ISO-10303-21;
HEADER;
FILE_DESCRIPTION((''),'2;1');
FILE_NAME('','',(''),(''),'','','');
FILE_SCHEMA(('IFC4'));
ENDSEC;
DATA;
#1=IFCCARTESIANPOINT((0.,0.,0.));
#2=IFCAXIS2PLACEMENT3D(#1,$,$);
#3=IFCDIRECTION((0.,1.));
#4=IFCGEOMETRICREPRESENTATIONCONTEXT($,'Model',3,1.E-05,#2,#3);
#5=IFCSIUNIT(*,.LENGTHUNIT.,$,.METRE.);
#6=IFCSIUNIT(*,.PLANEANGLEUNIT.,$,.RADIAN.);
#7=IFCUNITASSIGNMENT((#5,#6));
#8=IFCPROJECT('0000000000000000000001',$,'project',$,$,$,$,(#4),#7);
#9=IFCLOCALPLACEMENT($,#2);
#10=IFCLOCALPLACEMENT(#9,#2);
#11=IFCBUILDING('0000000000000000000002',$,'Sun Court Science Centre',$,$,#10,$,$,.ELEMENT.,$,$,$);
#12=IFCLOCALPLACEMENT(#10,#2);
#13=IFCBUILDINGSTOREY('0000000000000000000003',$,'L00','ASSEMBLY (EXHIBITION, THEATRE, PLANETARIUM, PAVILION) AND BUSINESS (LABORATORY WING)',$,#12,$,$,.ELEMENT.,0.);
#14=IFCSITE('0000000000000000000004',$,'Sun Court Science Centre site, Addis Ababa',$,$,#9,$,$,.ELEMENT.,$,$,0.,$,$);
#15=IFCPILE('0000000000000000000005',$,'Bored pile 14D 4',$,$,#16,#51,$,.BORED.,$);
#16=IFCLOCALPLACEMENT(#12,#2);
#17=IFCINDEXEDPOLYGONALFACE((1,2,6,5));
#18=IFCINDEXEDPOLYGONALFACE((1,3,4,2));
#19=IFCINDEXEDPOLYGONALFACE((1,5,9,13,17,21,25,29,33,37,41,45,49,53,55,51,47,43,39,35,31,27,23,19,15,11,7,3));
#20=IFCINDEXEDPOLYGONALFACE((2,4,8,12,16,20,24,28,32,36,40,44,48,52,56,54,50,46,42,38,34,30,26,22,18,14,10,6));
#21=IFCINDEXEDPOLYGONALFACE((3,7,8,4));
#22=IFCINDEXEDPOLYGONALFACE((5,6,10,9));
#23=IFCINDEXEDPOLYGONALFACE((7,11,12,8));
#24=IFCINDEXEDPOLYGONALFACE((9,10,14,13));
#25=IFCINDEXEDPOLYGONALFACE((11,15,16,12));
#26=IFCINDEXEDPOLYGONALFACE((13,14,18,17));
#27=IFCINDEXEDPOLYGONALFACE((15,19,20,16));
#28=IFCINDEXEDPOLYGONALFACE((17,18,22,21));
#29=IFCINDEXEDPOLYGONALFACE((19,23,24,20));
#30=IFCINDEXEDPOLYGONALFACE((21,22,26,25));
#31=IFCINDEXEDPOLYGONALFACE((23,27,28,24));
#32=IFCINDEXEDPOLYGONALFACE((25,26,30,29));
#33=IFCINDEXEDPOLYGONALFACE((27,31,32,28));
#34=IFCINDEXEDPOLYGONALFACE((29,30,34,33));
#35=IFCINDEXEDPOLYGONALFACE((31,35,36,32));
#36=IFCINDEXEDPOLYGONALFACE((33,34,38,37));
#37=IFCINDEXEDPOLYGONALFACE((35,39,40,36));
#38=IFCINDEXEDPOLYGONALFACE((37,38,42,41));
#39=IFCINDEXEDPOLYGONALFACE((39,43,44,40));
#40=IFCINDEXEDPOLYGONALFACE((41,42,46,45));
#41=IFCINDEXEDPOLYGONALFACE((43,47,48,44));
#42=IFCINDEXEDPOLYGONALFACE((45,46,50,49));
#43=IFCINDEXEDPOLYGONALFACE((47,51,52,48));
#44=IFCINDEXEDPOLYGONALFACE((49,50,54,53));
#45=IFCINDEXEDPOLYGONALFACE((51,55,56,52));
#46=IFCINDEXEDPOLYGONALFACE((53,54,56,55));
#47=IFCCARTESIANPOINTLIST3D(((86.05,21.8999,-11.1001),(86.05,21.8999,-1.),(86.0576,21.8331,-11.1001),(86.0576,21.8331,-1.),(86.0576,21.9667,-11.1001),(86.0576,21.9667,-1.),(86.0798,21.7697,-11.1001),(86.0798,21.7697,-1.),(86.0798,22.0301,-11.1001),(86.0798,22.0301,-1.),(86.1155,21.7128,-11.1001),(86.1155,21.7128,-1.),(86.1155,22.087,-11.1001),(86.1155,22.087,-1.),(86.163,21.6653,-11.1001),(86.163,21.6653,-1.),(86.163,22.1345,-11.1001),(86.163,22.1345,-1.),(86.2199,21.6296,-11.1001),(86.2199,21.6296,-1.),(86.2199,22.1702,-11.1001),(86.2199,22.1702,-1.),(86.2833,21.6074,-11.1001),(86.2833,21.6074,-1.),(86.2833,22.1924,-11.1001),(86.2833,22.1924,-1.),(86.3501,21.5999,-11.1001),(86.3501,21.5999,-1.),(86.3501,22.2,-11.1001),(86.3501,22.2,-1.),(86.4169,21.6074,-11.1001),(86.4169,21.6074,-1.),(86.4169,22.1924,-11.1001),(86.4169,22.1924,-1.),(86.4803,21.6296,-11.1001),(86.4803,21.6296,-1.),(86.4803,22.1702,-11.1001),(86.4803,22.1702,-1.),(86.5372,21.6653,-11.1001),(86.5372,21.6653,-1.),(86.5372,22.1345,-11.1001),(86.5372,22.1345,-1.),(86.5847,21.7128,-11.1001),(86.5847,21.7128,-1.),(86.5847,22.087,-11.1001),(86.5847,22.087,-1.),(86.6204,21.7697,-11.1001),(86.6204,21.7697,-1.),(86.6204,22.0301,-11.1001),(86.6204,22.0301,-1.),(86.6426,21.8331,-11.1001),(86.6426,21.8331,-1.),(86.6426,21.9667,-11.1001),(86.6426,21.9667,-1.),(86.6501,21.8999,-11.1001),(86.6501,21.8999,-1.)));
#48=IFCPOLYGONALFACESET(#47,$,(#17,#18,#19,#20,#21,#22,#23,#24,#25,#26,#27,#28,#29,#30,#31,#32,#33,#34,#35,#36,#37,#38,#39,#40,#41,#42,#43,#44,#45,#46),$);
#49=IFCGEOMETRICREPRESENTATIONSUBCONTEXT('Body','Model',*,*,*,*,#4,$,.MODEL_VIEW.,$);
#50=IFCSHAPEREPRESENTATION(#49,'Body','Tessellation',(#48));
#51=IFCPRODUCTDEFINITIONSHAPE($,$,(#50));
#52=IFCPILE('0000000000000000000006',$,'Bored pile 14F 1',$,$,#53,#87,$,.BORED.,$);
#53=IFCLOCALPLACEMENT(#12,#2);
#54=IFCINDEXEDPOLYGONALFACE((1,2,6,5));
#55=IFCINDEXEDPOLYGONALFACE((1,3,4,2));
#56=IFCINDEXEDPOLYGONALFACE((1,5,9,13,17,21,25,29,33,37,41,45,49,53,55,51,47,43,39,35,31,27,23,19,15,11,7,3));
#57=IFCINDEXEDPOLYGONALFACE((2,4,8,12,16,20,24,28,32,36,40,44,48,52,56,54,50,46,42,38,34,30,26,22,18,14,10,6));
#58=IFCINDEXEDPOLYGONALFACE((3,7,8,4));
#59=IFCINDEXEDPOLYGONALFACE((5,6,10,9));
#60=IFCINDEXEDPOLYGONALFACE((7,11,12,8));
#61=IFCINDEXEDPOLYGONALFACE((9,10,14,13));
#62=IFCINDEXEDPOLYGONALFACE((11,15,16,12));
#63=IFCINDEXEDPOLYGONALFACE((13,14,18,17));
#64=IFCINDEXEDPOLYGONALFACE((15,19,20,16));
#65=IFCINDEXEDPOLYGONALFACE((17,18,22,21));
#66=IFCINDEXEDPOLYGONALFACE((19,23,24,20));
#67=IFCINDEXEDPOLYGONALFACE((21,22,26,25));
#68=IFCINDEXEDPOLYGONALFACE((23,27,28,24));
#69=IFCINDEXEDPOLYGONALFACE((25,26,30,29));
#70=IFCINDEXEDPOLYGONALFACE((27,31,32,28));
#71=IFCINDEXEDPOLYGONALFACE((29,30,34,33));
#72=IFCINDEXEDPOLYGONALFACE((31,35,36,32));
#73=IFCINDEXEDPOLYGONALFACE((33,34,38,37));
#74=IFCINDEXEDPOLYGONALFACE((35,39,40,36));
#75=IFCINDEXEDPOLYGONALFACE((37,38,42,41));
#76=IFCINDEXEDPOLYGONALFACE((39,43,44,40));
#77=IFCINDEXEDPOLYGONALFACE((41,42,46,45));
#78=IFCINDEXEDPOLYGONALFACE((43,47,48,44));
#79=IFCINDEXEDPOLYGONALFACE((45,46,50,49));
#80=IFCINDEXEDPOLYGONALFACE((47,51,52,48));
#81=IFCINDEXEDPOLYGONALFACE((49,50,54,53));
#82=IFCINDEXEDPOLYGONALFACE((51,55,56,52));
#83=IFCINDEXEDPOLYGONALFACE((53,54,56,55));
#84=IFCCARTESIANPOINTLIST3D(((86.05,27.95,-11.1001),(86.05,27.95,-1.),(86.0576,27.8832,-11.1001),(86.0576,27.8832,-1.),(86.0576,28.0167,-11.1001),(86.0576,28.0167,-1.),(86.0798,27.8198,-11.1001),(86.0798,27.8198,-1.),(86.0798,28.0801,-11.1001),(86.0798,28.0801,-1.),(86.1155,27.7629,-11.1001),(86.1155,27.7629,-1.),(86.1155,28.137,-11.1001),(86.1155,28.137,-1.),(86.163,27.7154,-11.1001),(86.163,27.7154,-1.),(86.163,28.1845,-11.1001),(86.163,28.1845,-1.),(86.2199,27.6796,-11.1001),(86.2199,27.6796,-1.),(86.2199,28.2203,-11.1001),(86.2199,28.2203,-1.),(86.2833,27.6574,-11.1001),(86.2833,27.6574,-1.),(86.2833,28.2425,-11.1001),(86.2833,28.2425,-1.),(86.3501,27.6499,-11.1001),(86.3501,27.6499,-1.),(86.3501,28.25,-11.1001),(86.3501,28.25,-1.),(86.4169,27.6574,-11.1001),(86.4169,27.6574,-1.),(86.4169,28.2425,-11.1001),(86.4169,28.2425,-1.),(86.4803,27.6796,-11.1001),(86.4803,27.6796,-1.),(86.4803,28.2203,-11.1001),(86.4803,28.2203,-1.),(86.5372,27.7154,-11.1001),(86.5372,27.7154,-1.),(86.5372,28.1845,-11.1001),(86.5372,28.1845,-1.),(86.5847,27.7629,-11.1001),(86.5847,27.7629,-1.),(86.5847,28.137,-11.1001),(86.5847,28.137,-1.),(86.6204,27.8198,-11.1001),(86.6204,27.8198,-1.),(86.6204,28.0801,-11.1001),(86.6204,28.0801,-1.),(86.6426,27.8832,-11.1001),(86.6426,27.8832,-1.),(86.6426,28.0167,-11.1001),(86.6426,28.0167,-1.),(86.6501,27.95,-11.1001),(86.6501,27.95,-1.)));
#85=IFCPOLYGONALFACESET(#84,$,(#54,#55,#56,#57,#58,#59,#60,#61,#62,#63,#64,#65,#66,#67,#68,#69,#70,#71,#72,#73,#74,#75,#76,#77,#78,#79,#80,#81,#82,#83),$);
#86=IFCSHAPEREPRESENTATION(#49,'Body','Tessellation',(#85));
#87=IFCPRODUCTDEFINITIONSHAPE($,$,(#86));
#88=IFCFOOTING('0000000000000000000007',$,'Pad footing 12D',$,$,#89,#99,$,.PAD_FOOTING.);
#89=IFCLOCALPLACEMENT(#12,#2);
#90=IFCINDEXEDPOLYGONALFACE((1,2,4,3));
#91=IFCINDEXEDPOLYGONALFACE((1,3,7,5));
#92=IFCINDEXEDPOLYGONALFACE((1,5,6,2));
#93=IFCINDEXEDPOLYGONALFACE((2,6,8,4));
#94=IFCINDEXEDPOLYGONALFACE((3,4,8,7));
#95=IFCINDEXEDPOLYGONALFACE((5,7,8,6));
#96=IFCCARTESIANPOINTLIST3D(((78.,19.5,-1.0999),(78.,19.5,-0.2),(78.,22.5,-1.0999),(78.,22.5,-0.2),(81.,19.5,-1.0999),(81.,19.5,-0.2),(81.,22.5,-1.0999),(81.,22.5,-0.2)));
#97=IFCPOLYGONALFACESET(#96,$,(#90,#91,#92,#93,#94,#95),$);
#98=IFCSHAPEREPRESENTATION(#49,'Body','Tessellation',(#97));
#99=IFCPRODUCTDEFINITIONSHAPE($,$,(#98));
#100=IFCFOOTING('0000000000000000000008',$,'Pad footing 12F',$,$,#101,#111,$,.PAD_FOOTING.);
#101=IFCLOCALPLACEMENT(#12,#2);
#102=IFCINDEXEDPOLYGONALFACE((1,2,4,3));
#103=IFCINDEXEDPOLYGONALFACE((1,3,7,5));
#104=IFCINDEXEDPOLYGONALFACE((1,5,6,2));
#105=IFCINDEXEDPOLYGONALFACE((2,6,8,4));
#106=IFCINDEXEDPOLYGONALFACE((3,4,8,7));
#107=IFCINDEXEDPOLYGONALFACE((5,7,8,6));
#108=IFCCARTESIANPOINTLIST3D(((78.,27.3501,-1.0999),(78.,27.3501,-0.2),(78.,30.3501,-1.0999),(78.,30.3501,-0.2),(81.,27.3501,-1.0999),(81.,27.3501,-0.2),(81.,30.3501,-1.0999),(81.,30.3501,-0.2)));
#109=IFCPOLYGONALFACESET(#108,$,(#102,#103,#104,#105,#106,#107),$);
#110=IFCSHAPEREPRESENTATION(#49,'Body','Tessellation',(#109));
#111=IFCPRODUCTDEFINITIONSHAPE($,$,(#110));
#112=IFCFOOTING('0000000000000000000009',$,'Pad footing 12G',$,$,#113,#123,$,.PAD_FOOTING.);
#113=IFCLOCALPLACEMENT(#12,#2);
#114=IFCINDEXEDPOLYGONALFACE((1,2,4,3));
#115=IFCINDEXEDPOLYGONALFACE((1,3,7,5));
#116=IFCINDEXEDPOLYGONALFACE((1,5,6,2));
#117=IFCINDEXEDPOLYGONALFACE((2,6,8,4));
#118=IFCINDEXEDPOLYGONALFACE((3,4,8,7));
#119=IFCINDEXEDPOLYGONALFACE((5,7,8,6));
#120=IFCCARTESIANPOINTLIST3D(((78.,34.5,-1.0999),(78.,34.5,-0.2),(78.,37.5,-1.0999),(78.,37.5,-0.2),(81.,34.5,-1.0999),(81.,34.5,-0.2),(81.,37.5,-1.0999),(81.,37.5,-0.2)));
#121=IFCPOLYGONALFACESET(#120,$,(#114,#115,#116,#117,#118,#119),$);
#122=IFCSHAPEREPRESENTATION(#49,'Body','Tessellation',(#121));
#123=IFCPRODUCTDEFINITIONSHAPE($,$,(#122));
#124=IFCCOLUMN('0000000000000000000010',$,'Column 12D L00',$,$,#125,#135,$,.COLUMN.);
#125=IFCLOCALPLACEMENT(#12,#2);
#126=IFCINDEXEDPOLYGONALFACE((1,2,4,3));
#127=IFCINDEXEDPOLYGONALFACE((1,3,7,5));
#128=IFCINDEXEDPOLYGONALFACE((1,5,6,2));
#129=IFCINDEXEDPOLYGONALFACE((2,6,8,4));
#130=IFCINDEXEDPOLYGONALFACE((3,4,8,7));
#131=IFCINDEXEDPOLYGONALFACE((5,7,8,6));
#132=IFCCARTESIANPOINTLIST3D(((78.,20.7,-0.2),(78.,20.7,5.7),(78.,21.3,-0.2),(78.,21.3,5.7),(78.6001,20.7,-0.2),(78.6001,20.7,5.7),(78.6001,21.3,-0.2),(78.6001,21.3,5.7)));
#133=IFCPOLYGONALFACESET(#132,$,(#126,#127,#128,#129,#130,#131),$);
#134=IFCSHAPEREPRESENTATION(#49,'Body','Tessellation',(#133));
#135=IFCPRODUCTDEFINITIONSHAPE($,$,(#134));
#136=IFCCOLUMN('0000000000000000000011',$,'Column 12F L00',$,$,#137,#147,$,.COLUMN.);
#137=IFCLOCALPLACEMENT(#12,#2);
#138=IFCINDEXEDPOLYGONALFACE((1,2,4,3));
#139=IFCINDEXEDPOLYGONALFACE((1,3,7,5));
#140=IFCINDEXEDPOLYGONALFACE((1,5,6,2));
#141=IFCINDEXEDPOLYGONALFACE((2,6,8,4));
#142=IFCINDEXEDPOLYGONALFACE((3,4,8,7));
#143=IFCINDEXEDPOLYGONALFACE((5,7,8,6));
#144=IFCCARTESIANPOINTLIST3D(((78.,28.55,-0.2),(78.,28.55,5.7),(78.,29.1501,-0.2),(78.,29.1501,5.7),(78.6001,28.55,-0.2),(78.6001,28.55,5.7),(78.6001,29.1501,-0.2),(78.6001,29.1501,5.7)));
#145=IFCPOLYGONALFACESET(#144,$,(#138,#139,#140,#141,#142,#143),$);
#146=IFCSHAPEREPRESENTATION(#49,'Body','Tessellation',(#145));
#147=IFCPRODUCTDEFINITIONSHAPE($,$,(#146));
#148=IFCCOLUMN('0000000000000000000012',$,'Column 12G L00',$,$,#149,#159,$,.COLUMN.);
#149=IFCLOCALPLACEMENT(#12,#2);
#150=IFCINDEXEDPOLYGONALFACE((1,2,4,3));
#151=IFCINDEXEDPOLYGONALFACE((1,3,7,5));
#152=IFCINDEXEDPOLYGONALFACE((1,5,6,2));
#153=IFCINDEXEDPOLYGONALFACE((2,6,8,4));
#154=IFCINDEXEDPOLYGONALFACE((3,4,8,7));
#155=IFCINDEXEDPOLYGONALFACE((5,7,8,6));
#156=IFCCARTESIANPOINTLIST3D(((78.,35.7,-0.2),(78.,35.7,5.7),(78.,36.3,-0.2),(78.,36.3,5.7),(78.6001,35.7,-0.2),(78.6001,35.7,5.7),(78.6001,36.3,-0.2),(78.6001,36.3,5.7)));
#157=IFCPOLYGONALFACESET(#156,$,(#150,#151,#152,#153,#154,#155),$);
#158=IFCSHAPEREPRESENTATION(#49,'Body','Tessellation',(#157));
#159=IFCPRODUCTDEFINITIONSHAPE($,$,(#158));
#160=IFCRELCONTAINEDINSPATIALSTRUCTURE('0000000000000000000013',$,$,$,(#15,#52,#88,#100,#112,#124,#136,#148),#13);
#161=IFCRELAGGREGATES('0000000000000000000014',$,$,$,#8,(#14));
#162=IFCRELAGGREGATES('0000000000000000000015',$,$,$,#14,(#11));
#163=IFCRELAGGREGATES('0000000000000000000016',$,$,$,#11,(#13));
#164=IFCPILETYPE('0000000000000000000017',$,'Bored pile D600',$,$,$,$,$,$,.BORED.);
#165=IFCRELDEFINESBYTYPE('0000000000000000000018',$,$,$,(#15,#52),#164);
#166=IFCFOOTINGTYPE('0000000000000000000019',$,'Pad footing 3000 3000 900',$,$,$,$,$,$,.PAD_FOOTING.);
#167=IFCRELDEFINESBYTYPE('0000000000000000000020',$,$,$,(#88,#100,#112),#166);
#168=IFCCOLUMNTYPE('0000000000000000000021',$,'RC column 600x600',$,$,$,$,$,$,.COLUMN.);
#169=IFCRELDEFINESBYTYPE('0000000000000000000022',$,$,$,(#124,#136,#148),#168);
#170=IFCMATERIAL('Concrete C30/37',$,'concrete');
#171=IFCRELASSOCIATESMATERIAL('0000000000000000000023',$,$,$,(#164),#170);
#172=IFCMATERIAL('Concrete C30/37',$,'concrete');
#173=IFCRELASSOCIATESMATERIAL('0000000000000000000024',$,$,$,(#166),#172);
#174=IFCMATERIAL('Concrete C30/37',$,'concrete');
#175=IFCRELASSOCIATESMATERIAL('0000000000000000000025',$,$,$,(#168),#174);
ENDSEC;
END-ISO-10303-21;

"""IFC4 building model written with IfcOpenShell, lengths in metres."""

from ifc_helpers import new_model, si_unit, direction, frame, origin, origin_2d, place, context, subcontext, project, spatial, rectangle, circle, extrude, material, material_profile, profile_set, type_object, element, save


model = new_model("IFC4")

# Units and contexts
model_context = context("Model", 3, precision=1e-05, world=origin(), true_north=direction((0.0, 1.0)))
body_context = subcontext(model_context, "Body", "Model", "MODEL_VIEW")
ifc_project = project(units=[si_unit("LENGTHUNIT", "METRE"), si_unit("PLANEANGLEUNIT", "RADIAN")], contexts=[model_context])

# Site, building, storey
site_placement = place(None, origin())
site = spatial("IfcSite", under=ifc_project, at=site_placement, Name="Sun Court Science Centre site, Addis Ababa", CompositionType="ELEMENT", RefElevation=0.0)
building_placement = place(site_placement, origin())
building = spatial("IfcBuilding", under=site, at=building_placement, Name="Sun Court Science Centre", CompositionType="ELEMENT")
storey_placement = place(building_placement, origin())
storey = spatial("IfcBuildingStorey", under=building, at=storey_placement, Name="L00", Description="ASSEMBLY (EXHIBITION, THEATRE, PLANETARIUM, PAVILION) AND BUSINESS (LABORATORY WING)", CompositionType="ELEMENT", Elevation=0.0)

# Piles
ifc_material_1 = material(Name="Concrete C30/37", Category="concrete")
ifc_material_profile_1 = material_profile(ifc_material_1, circle(Radius=0.3, at=origin_2d()), Name="RC D600")
ifc_profile_set_1 = profile_set([ifc_material_profile_1], Name="Concrete C30/37")
pile_type = type_object("IfcPileType", Name="Bored pile D600", PredefinedType="BORED", material=ifc_profile_set_1)
for number, where, z_axis, x_axis, name in (
    (1, (86.3501, 21.8999, -1.0), (0.0, 0.0, -1.0), (1.0, 0.0, 0.0), "Bored pile 14D 4"),
    (2, (86.3501, 27.95, -1.0), (0.0, 0.0, -1.0), (1.0, 0.0, 0.0), "Bored pile 14F 1"),
):
    element("IfcPile", number, at=place(storey_placement, frame(where, z_axis=z_axis, x_axis=x_axis)), inside=storey, type_object=pile_type, Name=name, PredefinedType="BORED", context=body_context, shape_type="SweptSolid", body=[
        extrude(circle(Radius=0.3, at=origin_2d()), origin(), (0.0, 0.0, 1.0), 10.1001),
    ])

# Footings
ifc_material_2 = material(Name="Concrete C30/37", Category="concrete")
footing_type = type_object("IfcFootingType", Name="Pad footing 3000 3000 900", PredefinedType="PAD_FOOTING", material=ifc_material_2)
for number, where, z_axis, x_axis, name in (
    (3, (79.5, 21.0, -1.0999), (0.0, 0.0, 1.0), (1.0, 0.0, 0.0), "Pad footing 12D"),
    (4, (79.5, 28.8501, -1.0999), (0.0, 0.0, 1.0), (1.0, 0.0, 0.0), "Pad footing 12F"),
    (5, (79.5, 36.0, -1.0999), (0.0, 0.0, 1.0), (1.0, 0.0, 0.0), "Pad footing 12G"),
):
    element("IfcFooting", number, at=place(storey_placement, frame(where, z_axis=z_axis, x_axis=x_axis)), inside=storey, type_object=footing_type, Name=name, PredefinedType="PAD_FOOTING", context=body_context, shape_type="SweptSolid", body=[
        extrude(rectangle(XDim=3.0, YDim=3.0, at=origin_2d()), origin(), (0.0, 0.0, 1.0), 0.8999),
    ])

# Columns
ifc_material_3 = material(Name="Concrete C30/37", Category="concrete")
ifc_material_profile_2 = material_profile(ifc_material_3, rectangle(XDim=0.6001, YDim=0.6001, at=origin_2d()), Name="RC 600x600")
ifc_profile_set_2 = profile_set([ifc_material_profile_2], Name="Concrete C30/37")
column_type = type_object("IfcColumnType", Name="RC column 600x600", PredefinedType="COLUMN", material=ifc_profile_set_2)
for number, where, z_axis, x_axis, name in (
    (6, (78.3, 21.0, -0.2), (0.0, 0.0, 1.0), (1.0, 0.0, 0.0), "Column 12D L00"),
    (7, (78.3, 28.8501, -0.2), (0.0, 0.0, 1.0), (1.0, 0.0, 0.0), "Column 12F L00"),
    (8, (78.3, 36.0, -0.2), (0.0, 0.0, 1.0), (1.0, 0.0, 0.0), "Column 12G L00"),
):
    element("IfcColumn", number, at=place(storey_placement, frame(where, z_axis=z_axis, x_axis=x_axis)), inside=storey, type_object=column_type, Name=name, PredefinedType="COLUMN", context=body_context, shape_type="SweptSolid", body=[
        extrude(rectangle(XDim=0.6001, YDim=0.6001, at=origin_2d()), origin(), (0.0, 0.0, 1.0), 5.8999),
    ])

save(model, "model.ifc")
